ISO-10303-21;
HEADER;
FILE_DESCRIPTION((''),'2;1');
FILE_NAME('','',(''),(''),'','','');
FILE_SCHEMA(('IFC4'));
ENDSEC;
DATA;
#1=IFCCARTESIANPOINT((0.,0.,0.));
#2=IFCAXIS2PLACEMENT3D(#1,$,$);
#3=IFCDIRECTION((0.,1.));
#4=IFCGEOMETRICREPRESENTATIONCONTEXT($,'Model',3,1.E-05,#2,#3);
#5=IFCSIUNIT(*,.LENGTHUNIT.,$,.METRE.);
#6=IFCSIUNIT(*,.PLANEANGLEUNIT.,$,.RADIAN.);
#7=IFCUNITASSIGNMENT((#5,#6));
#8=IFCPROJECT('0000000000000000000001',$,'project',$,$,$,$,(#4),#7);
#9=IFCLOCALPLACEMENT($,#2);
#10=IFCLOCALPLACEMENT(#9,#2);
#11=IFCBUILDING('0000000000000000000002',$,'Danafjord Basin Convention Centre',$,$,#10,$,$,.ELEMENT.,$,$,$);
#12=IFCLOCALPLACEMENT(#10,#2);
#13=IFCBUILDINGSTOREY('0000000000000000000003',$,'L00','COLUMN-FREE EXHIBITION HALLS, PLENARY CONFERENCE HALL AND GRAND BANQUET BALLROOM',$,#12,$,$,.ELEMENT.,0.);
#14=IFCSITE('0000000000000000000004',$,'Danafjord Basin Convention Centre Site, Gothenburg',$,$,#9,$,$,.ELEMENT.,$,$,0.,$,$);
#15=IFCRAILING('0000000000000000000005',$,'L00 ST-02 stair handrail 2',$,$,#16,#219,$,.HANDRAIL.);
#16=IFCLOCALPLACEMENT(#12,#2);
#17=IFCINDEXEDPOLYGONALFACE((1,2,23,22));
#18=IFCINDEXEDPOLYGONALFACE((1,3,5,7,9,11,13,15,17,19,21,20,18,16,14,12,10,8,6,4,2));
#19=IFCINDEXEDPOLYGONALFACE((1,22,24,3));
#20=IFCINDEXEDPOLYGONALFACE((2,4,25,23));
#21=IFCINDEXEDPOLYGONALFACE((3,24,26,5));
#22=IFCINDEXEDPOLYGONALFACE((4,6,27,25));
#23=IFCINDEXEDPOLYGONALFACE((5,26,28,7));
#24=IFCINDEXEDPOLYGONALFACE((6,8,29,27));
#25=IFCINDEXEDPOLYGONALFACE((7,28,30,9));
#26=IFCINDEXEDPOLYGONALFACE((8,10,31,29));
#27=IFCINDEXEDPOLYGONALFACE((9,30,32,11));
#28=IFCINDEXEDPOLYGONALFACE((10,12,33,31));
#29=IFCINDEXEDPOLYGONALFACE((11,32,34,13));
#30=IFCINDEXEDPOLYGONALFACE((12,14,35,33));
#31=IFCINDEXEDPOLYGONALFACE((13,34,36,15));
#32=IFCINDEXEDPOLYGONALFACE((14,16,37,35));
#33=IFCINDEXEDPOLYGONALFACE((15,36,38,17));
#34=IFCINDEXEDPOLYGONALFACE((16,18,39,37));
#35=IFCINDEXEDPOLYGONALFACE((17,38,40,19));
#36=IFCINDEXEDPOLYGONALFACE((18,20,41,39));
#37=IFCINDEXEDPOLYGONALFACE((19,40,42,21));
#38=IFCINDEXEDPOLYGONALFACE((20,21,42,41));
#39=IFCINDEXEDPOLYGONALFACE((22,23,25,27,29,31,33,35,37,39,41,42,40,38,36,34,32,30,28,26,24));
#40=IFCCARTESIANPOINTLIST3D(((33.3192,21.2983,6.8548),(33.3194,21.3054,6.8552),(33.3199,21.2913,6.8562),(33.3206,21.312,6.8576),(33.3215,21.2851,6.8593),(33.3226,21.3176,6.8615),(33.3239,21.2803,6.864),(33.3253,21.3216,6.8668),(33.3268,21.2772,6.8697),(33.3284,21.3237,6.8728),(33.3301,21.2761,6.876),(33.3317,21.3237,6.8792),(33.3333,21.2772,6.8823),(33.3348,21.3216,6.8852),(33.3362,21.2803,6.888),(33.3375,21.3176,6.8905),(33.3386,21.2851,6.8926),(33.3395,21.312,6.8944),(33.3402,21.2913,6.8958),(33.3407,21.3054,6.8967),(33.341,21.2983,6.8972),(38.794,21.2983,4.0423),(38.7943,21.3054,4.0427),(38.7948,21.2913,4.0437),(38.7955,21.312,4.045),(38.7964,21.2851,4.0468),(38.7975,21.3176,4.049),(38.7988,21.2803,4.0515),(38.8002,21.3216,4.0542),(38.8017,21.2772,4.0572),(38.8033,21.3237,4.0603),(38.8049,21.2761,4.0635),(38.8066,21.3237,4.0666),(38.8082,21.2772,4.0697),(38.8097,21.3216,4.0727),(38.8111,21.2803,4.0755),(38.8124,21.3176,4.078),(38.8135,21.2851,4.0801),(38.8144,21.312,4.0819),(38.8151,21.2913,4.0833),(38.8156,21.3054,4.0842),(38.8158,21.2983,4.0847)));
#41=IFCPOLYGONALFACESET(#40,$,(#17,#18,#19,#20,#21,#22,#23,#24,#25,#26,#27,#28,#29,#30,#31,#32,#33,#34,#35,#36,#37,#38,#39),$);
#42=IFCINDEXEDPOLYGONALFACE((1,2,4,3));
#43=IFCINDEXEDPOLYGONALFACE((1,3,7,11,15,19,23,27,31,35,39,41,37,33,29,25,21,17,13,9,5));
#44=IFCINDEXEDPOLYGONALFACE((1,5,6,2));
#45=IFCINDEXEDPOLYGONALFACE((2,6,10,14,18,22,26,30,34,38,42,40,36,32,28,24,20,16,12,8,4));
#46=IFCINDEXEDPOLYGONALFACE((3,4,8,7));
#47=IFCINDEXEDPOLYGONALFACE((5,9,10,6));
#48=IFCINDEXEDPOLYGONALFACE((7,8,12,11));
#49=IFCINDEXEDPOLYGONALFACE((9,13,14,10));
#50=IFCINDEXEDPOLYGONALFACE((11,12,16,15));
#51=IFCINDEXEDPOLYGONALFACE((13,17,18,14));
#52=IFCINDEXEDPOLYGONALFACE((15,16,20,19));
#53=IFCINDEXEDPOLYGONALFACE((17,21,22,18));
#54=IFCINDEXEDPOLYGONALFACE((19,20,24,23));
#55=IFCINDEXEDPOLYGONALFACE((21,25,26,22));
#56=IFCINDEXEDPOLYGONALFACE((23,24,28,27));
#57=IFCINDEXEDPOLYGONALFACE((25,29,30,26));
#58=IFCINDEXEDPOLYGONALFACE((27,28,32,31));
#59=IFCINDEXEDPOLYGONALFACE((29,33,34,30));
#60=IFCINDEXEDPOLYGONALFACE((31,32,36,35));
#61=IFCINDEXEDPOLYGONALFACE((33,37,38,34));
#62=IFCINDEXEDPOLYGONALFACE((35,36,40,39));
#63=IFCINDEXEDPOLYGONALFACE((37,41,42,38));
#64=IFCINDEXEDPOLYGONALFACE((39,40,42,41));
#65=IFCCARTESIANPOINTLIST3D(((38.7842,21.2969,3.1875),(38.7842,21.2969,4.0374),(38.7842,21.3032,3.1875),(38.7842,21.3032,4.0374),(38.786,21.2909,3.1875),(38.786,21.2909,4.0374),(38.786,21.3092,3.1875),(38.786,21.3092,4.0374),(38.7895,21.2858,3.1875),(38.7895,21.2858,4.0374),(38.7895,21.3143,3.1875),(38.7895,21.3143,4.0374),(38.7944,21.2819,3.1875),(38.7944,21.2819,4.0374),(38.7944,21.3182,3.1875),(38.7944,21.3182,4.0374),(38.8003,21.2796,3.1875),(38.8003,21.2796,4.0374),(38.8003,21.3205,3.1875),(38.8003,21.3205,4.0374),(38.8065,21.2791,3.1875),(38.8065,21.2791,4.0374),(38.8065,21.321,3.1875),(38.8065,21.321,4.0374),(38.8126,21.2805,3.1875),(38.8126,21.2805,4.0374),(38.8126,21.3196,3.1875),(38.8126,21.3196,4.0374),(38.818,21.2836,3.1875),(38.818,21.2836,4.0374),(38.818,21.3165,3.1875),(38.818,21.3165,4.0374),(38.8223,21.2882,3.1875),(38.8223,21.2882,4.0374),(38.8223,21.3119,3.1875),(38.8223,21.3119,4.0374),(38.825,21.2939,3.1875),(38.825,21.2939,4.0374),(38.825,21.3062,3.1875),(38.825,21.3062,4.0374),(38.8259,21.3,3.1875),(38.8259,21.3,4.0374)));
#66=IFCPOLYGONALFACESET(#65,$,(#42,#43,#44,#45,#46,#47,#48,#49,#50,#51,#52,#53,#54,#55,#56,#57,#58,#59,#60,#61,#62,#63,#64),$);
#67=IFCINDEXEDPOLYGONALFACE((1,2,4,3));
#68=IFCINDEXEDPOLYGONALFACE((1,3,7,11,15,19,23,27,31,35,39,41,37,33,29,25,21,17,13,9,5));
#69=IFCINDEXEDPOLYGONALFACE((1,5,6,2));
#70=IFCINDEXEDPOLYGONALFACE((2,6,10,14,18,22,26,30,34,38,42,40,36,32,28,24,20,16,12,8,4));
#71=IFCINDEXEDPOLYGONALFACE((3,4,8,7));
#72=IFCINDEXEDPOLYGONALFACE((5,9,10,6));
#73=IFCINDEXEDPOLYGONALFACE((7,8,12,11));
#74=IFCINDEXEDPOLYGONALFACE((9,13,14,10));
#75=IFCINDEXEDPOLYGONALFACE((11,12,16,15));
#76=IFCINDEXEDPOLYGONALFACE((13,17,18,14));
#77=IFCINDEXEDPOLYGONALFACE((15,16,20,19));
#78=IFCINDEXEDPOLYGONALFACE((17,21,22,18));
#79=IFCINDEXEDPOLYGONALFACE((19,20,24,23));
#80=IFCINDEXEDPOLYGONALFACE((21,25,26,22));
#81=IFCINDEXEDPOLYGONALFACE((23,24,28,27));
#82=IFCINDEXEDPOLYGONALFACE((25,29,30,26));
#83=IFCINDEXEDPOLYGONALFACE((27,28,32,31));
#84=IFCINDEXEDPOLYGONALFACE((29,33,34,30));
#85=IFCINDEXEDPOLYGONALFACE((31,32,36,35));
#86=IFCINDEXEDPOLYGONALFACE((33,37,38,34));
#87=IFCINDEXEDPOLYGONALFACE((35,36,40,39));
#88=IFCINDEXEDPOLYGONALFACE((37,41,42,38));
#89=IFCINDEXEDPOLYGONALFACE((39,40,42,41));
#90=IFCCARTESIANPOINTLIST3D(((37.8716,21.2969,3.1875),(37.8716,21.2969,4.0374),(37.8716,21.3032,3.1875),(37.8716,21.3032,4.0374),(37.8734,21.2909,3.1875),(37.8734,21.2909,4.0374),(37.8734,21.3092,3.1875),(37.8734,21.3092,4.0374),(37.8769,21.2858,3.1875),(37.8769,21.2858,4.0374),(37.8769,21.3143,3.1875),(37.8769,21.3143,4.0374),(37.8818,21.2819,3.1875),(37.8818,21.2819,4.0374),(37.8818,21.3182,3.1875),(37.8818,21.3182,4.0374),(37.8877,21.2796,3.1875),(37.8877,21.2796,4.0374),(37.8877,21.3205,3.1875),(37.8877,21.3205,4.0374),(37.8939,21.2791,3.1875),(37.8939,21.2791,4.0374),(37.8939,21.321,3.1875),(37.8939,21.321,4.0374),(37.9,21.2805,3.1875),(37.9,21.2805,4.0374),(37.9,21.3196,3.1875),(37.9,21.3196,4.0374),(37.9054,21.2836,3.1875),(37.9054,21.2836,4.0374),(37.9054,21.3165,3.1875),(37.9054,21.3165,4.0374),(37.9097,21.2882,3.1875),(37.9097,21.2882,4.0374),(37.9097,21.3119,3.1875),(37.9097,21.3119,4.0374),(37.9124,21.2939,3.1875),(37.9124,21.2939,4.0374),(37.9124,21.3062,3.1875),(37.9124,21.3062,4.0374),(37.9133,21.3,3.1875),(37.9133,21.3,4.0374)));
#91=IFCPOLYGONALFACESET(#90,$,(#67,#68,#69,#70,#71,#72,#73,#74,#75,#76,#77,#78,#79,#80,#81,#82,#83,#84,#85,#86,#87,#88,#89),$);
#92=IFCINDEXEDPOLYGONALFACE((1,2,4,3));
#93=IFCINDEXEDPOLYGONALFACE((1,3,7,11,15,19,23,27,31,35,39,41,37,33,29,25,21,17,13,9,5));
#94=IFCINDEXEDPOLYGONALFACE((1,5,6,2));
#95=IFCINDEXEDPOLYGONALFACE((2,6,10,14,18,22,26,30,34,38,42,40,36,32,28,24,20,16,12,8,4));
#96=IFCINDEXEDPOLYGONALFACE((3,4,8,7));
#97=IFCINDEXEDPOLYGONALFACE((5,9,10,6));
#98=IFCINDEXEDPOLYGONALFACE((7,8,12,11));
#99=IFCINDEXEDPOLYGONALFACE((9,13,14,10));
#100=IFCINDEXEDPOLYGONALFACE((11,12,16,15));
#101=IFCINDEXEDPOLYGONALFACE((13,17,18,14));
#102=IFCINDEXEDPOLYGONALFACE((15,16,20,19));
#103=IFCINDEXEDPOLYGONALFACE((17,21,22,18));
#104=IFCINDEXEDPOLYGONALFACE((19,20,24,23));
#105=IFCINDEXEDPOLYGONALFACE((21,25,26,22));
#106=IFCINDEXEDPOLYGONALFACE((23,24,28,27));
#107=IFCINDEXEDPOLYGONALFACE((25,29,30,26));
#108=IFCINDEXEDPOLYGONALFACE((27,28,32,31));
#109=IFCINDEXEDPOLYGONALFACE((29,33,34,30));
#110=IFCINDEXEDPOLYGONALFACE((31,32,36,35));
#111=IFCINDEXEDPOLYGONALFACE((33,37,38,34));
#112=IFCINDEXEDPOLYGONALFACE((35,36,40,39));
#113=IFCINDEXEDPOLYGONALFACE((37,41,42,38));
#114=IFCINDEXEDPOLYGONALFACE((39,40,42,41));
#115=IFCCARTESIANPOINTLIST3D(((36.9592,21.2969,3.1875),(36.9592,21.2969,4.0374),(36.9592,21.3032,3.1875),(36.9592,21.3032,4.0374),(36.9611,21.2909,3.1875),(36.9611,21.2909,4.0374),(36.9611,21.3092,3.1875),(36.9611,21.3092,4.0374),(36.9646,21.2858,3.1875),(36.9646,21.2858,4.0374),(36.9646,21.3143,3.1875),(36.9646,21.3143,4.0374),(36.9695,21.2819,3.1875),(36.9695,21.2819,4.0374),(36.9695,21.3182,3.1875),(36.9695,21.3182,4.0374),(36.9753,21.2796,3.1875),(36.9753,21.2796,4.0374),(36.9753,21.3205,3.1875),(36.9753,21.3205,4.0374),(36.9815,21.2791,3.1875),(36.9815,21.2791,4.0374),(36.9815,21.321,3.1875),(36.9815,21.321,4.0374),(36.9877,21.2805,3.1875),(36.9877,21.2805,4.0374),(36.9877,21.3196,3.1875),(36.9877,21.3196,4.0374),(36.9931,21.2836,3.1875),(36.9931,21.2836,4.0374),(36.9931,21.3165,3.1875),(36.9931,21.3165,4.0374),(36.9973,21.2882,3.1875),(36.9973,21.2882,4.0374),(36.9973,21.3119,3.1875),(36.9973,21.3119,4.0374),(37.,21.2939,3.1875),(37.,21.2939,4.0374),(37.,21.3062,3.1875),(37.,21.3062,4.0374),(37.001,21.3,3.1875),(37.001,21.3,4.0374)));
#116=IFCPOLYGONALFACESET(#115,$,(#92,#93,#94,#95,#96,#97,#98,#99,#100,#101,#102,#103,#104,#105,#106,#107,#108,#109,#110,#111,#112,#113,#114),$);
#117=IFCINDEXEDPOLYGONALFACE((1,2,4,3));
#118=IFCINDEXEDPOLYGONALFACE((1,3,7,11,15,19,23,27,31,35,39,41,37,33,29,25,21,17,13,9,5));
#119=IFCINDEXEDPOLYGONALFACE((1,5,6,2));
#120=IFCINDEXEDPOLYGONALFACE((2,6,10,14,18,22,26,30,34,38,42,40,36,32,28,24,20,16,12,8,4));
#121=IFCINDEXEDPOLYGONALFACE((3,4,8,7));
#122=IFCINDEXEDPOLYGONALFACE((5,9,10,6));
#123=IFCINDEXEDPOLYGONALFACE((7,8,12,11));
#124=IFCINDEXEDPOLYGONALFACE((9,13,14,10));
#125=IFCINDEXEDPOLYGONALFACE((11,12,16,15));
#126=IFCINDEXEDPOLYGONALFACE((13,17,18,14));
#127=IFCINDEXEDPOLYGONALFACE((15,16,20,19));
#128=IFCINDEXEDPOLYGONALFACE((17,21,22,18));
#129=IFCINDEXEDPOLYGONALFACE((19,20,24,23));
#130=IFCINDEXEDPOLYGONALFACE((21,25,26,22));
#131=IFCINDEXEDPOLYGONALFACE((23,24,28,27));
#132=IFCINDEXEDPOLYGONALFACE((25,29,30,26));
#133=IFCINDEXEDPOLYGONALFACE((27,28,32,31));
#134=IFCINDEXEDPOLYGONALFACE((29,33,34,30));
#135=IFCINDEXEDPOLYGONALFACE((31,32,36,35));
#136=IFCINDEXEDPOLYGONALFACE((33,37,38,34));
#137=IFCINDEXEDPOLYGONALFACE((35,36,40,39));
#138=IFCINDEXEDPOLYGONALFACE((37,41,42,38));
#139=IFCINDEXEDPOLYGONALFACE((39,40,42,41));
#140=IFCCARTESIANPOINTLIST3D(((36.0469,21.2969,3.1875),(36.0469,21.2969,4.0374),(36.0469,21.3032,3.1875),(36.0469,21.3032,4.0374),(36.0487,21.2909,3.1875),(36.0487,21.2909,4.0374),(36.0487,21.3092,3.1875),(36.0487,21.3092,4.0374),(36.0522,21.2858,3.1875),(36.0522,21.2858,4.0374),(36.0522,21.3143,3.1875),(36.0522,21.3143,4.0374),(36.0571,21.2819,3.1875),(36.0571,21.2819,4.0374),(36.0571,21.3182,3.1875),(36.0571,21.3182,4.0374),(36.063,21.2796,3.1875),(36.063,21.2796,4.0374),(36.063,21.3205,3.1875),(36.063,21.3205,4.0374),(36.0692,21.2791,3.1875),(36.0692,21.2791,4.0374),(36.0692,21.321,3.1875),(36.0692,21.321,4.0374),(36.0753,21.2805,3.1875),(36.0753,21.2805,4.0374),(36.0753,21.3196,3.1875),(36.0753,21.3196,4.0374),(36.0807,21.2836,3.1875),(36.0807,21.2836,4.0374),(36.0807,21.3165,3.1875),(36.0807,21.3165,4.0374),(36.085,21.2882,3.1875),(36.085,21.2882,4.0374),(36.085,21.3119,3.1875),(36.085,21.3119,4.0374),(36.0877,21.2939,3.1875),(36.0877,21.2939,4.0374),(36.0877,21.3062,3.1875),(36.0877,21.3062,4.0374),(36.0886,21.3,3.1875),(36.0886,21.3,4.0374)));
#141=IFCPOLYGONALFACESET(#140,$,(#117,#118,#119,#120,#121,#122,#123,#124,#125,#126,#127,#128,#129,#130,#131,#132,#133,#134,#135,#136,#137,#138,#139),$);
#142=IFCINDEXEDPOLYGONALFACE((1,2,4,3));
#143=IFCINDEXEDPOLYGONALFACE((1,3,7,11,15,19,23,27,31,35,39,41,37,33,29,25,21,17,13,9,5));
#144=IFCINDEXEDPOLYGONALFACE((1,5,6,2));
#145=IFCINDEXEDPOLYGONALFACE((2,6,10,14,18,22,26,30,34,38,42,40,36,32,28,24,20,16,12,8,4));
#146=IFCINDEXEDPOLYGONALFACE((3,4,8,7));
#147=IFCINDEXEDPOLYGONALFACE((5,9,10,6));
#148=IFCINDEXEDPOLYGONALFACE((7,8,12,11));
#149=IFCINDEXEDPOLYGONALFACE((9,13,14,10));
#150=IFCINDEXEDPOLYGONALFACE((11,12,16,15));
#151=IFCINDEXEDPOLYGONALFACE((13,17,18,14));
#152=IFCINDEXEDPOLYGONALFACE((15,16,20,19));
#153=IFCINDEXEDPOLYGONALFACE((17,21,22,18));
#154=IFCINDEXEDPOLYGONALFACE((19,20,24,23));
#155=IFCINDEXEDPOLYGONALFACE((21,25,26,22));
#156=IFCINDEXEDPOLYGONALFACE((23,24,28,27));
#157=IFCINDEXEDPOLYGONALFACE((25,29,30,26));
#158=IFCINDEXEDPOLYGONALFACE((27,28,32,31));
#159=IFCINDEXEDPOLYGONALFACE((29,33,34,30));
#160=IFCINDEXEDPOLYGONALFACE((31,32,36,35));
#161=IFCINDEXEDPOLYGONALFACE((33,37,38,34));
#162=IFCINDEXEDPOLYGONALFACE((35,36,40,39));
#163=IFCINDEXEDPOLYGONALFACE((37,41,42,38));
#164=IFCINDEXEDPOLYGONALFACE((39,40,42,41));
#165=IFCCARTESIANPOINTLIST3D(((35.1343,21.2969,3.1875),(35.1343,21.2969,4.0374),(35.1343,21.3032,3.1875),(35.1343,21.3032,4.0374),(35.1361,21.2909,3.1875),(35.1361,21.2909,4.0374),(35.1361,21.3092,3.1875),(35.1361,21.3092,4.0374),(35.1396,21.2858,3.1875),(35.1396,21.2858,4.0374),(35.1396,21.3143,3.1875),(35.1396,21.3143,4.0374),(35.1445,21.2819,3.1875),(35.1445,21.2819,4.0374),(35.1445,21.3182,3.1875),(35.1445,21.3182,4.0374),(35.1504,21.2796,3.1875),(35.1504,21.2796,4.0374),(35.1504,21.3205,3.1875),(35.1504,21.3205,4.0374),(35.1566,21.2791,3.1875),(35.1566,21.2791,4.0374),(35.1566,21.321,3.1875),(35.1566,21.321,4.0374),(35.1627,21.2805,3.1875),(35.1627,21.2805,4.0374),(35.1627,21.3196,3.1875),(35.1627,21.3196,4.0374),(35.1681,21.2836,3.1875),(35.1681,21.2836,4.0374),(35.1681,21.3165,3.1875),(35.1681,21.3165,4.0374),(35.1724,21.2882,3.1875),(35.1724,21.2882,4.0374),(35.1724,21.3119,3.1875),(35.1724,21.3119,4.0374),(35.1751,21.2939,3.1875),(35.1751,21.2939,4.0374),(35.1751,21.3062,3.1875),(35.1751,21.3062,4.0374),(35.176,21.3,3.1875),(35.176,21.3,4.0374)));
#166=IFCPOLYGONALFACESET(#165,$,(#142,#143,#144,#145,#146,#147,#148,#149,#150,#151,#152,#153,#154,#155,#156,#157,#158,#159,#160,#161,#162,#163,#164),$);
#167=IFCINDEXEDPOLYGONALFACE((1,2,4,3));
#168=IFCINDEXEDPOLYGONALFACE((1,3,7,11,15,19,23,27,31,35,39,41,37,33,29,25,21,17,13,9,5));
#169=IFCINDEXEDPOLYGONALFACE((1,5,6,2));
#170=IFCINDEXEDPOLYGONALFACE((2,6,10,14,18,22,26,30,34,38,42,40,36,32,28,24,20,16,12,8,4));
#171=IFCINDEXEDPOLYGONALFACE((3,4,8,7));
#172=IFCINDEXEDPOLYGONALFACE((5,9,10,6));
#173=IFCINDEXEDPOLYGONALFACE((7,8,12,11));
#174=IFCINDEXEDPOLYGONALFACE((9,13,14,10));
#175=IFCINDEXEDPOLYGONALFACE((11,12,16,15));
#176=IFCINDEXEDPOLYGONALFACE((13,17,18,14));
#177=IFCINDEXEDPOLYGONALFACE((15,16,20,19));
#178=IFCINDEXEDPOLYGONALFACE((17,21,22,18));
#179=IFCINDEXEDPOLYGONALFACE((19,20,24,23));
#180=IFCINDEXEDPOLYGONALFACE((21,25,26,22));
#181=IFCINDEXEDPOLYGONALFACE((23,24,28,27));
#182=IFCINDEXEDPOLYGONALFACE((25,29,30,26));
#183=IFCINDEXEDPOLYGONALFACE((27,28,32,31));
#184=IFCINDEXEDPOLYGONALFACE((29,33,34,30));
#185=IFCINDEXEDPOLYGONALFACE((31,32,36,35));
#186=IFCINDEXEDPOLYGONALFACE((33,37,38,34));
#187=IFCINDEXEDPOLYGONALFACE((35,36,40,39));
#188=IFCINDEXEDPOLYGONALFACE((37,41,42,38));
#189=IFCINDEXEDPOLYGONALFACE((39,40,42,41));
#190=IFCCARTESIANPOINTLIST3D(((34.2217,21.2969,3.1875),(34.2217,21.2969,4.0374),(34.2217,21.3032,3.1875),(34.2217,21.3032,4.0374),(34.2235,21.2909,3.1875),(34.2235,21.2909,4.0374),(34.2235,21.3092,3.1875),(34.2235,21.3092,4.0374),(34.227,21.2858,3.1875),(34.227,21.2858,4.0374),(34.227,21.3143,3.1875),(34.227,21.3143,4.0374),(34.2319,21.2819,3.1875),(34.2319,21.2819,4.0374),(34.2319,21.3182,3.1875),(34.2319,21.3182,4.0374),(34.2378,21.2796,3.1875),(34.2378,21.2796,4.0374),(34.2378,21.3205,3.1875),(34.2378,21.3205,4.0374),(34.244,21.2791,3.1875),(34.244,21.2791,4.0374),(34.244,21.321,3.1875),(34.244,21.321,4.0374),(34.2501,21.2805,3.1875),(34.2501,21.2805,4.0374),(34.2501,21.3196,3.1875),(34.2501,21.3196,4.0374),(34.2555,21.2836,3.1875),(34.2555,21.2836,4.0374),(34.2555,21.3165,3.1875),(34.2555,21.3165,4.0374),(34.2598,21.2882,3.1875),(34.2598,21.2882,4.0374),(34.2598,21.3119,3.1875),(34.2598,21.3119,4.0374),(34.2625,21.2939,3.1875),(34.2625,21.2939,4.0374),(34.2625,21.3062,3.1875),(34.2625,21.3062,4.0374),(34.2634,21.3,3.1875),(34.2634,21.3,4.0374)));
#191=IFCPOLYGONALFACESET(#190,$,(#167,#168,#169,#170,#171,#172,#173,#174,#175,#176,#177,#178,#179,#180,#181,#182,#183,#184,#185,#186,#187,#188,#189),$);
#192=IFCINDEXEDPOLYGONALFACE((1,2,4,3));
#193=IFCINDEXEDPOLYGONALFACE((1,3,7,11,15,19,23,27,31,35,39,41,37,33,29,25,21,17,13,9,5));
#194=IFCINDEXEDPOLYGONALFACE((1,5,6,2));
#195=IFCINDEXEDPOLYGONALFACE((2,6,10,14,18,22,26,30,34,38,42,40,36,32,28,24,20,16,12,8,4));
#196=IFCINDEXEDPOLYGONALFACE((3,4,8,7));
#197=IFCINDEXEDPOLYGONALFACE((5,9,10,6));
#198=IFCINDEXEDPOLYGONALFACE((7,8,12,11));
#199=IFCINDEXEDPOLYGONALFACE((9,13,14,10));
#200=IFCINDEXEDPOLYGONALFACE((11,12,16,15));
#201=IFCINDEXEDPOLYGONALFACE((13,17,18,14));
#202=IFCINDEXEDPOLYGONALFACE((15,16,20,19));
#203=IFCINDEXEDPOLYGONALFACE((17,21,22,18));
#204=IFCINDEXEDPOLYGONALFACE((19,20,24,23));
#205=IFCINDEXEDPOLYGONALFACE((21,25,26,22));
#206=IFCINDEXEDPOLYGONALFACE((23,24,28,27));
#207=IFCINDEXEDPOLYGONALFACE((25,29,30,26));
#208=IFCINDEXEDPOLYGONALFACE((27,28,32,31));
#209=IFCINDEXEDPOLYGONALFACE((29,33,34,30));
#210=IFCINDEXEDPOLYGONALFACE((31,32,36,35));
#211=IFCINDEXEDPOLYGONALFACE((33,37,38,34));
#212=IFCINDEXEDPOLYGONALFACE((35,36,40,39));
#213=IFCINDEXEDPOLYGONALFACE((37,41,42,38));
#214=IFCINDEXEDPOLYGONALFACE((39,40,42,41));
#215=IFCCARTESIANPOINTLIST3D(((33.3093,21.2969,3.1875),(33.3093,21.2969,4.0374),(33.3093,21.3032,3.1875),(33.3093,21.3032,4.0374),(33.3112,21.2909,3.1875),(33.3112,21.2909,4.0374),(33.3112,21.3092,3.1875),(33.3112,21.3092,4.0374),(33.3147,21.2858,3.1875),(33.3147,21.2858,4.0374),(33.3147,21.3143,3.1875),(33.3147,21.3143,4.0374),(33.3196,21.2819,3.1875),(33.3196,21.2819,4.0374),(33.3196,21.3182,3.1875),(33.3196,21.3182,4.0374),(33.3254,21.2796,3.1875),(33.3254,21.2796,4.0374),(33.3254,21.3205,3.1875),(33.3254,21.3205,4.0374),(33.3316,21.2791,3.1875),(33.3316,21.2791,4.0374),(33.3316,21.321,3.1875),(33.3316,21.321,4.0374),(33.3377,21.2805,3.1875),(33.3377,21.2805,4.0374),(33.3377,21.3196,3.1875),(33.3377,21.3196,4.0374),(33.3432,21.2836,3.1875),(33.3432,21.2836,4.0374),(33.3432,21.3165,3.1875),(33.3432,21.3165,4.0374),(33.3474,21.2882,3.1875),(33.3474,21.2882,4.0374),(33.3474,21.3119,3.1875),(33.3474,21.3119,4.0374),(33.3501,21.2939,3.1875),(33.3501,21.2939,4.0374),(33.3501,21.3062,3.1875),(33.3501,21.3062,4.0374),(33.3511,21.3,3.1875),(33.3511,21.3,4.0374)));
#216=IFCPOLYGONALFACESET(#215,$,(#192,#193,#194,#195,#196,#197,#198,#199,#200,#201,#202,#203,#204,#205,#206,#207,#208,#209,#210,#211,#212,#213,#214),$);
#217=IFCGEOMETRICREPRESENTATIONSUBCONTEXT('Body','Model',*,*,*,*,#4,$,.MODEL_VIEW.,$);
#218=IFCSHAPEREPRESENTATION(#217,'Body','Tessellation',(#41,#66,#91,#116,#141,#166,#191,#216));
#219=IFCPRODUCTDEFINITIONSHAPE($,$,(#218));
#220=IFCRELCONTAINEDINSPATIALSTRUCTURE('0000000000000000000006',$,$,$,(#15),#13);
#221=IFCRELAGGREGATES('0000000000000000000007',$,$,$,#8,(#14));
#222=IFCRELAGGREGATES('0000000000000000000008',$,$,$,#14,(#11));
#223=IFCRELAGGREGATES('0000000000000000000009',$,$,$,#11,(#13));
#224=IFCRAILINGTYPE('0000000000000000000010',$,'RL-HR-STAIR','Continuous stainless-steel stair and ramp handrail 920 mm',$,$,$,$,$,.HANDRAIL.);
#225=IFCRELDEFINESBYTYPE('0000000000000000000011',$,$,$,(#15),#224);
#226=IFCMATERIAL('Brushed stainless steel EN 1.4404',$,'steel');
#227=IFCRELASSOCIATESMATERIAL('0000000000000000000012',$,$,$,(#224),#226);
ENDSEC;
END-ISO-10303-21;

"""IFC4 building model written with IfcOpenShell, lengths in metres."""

from ifc_helpers import new_model, si_unit, direction, frame, origin, origin_2d, place, context, subcontext, project, spatial, circle, extrude, material, type_object, element, save


model = new_model("IFC4")

# Units and contexts
model_context = context("Model", 3, precision=1e-05, world=origin(), true_north=direction((0.0, 1.0)))
body_context = subcontext(model_context, "Body", "Model", "MODEL_VIEW")
ifc_project = project(units=[si_unit("LENGTHUNIT", "METRE"), si_unit("PLANEANGLEUNIT", "RADIAN")], contexts=[model_context])

# Site, building, storey
site_placement = place(None, origin())
site = spatial("IfcSite", under=ifc_project, at=site_placement, Name="Danafjord Basin Convention Centre Site, Gothenburg", CompositionType="ELEMENT", RefElevation=0.0)
building_placement = place(site_placement, origin())
building = spatial("IfcBuilding", under=site, at=building_placement, Name="Danafjord Basin Convention Centre", CompositionType="ELEMENT")
storey_placement = place(building_placement, origin())
storey = spatial("IfcBuildingStorey", under=building, at=storey_placement, Name="L00", Description="COLUMN-FREE EXHIBITION HALLS, PLENARY CONFERENCE HALL AND GRAND BANQUET BALLROOM", CompositionType="ELEMENT", Elevation=0.0)

# Railing
ifc_material_1 = material(Name="Brushed stainless steel EN 1.4404", Category="steel")
railing_type_1 = type_object("IfcRailingType", Name="RL-HR-STAIR", Description="Continuous stainless-steel stair and ramp handrail 920 mm", PredefinedType="HANDRAIL", material=ifc_material_1)
railing_1_placement = place(storey_placement, frame((38.8049, 21.3, 3.1875)))
element("IfcRailing", 1, at=railing_1_placement, inside=storey, type_object=railing_type_1, Name="L00 ST-02 stair handrail 2", PredefinedType="HANDRAIL", context=body_context, shape_type="SweptSolid", body=[
    extrude(circle(Radius=0.0239, at=origin_2d()), frame((0.0, 0.0, 0.876), z_axis=(-0.889495, 0.0, 0.456945), x_axis=(0.0, -1.0, 0.0)), (0.0, 0.0, 1.0), 6.155),
    extrude(circle(Radius=0.021, at=origin_2d()), origin(), (0.0, 0.0, 1.0), 0.8499),
    extrude(circle(Radius=0.021, at=origin_2d()), frame((-0.9126, 0.0, 0.0)), (0.0, 0.0, 1.0), 0.8499),
    extrude(circle(Radius=0.021, at=origin_2d()), frame((-1.825, 0.0, 0.0)), (0.0, 0.0, 1.0), 0.8499),
    extrude(circle(Radius=0.021, at=origin_2d()), frame((-2.7373, 0.0, 0.0)), (0.0, 0.0, 1.0), 0.8499),
    extrude(circle(Radius=0.021, at=origin_2d()), frame((-3.6499, 0.0, 0.0)), (0.0, 0.0, 1.0), 0.8499),
    extrude(circle(Radius=0.021, at=origin_2d()), frame((-4.5625, 0.0, 0.0)), (0.0, 0.0, 1.0), 0.8499),
    extrude(circle(Radius=0.021, at=origin_2d()), frame((-5.4749, 0.0, 0.0)), (0.0, 0.0, 1.0), 0.8499),
])

save(model, "model.ifc")
